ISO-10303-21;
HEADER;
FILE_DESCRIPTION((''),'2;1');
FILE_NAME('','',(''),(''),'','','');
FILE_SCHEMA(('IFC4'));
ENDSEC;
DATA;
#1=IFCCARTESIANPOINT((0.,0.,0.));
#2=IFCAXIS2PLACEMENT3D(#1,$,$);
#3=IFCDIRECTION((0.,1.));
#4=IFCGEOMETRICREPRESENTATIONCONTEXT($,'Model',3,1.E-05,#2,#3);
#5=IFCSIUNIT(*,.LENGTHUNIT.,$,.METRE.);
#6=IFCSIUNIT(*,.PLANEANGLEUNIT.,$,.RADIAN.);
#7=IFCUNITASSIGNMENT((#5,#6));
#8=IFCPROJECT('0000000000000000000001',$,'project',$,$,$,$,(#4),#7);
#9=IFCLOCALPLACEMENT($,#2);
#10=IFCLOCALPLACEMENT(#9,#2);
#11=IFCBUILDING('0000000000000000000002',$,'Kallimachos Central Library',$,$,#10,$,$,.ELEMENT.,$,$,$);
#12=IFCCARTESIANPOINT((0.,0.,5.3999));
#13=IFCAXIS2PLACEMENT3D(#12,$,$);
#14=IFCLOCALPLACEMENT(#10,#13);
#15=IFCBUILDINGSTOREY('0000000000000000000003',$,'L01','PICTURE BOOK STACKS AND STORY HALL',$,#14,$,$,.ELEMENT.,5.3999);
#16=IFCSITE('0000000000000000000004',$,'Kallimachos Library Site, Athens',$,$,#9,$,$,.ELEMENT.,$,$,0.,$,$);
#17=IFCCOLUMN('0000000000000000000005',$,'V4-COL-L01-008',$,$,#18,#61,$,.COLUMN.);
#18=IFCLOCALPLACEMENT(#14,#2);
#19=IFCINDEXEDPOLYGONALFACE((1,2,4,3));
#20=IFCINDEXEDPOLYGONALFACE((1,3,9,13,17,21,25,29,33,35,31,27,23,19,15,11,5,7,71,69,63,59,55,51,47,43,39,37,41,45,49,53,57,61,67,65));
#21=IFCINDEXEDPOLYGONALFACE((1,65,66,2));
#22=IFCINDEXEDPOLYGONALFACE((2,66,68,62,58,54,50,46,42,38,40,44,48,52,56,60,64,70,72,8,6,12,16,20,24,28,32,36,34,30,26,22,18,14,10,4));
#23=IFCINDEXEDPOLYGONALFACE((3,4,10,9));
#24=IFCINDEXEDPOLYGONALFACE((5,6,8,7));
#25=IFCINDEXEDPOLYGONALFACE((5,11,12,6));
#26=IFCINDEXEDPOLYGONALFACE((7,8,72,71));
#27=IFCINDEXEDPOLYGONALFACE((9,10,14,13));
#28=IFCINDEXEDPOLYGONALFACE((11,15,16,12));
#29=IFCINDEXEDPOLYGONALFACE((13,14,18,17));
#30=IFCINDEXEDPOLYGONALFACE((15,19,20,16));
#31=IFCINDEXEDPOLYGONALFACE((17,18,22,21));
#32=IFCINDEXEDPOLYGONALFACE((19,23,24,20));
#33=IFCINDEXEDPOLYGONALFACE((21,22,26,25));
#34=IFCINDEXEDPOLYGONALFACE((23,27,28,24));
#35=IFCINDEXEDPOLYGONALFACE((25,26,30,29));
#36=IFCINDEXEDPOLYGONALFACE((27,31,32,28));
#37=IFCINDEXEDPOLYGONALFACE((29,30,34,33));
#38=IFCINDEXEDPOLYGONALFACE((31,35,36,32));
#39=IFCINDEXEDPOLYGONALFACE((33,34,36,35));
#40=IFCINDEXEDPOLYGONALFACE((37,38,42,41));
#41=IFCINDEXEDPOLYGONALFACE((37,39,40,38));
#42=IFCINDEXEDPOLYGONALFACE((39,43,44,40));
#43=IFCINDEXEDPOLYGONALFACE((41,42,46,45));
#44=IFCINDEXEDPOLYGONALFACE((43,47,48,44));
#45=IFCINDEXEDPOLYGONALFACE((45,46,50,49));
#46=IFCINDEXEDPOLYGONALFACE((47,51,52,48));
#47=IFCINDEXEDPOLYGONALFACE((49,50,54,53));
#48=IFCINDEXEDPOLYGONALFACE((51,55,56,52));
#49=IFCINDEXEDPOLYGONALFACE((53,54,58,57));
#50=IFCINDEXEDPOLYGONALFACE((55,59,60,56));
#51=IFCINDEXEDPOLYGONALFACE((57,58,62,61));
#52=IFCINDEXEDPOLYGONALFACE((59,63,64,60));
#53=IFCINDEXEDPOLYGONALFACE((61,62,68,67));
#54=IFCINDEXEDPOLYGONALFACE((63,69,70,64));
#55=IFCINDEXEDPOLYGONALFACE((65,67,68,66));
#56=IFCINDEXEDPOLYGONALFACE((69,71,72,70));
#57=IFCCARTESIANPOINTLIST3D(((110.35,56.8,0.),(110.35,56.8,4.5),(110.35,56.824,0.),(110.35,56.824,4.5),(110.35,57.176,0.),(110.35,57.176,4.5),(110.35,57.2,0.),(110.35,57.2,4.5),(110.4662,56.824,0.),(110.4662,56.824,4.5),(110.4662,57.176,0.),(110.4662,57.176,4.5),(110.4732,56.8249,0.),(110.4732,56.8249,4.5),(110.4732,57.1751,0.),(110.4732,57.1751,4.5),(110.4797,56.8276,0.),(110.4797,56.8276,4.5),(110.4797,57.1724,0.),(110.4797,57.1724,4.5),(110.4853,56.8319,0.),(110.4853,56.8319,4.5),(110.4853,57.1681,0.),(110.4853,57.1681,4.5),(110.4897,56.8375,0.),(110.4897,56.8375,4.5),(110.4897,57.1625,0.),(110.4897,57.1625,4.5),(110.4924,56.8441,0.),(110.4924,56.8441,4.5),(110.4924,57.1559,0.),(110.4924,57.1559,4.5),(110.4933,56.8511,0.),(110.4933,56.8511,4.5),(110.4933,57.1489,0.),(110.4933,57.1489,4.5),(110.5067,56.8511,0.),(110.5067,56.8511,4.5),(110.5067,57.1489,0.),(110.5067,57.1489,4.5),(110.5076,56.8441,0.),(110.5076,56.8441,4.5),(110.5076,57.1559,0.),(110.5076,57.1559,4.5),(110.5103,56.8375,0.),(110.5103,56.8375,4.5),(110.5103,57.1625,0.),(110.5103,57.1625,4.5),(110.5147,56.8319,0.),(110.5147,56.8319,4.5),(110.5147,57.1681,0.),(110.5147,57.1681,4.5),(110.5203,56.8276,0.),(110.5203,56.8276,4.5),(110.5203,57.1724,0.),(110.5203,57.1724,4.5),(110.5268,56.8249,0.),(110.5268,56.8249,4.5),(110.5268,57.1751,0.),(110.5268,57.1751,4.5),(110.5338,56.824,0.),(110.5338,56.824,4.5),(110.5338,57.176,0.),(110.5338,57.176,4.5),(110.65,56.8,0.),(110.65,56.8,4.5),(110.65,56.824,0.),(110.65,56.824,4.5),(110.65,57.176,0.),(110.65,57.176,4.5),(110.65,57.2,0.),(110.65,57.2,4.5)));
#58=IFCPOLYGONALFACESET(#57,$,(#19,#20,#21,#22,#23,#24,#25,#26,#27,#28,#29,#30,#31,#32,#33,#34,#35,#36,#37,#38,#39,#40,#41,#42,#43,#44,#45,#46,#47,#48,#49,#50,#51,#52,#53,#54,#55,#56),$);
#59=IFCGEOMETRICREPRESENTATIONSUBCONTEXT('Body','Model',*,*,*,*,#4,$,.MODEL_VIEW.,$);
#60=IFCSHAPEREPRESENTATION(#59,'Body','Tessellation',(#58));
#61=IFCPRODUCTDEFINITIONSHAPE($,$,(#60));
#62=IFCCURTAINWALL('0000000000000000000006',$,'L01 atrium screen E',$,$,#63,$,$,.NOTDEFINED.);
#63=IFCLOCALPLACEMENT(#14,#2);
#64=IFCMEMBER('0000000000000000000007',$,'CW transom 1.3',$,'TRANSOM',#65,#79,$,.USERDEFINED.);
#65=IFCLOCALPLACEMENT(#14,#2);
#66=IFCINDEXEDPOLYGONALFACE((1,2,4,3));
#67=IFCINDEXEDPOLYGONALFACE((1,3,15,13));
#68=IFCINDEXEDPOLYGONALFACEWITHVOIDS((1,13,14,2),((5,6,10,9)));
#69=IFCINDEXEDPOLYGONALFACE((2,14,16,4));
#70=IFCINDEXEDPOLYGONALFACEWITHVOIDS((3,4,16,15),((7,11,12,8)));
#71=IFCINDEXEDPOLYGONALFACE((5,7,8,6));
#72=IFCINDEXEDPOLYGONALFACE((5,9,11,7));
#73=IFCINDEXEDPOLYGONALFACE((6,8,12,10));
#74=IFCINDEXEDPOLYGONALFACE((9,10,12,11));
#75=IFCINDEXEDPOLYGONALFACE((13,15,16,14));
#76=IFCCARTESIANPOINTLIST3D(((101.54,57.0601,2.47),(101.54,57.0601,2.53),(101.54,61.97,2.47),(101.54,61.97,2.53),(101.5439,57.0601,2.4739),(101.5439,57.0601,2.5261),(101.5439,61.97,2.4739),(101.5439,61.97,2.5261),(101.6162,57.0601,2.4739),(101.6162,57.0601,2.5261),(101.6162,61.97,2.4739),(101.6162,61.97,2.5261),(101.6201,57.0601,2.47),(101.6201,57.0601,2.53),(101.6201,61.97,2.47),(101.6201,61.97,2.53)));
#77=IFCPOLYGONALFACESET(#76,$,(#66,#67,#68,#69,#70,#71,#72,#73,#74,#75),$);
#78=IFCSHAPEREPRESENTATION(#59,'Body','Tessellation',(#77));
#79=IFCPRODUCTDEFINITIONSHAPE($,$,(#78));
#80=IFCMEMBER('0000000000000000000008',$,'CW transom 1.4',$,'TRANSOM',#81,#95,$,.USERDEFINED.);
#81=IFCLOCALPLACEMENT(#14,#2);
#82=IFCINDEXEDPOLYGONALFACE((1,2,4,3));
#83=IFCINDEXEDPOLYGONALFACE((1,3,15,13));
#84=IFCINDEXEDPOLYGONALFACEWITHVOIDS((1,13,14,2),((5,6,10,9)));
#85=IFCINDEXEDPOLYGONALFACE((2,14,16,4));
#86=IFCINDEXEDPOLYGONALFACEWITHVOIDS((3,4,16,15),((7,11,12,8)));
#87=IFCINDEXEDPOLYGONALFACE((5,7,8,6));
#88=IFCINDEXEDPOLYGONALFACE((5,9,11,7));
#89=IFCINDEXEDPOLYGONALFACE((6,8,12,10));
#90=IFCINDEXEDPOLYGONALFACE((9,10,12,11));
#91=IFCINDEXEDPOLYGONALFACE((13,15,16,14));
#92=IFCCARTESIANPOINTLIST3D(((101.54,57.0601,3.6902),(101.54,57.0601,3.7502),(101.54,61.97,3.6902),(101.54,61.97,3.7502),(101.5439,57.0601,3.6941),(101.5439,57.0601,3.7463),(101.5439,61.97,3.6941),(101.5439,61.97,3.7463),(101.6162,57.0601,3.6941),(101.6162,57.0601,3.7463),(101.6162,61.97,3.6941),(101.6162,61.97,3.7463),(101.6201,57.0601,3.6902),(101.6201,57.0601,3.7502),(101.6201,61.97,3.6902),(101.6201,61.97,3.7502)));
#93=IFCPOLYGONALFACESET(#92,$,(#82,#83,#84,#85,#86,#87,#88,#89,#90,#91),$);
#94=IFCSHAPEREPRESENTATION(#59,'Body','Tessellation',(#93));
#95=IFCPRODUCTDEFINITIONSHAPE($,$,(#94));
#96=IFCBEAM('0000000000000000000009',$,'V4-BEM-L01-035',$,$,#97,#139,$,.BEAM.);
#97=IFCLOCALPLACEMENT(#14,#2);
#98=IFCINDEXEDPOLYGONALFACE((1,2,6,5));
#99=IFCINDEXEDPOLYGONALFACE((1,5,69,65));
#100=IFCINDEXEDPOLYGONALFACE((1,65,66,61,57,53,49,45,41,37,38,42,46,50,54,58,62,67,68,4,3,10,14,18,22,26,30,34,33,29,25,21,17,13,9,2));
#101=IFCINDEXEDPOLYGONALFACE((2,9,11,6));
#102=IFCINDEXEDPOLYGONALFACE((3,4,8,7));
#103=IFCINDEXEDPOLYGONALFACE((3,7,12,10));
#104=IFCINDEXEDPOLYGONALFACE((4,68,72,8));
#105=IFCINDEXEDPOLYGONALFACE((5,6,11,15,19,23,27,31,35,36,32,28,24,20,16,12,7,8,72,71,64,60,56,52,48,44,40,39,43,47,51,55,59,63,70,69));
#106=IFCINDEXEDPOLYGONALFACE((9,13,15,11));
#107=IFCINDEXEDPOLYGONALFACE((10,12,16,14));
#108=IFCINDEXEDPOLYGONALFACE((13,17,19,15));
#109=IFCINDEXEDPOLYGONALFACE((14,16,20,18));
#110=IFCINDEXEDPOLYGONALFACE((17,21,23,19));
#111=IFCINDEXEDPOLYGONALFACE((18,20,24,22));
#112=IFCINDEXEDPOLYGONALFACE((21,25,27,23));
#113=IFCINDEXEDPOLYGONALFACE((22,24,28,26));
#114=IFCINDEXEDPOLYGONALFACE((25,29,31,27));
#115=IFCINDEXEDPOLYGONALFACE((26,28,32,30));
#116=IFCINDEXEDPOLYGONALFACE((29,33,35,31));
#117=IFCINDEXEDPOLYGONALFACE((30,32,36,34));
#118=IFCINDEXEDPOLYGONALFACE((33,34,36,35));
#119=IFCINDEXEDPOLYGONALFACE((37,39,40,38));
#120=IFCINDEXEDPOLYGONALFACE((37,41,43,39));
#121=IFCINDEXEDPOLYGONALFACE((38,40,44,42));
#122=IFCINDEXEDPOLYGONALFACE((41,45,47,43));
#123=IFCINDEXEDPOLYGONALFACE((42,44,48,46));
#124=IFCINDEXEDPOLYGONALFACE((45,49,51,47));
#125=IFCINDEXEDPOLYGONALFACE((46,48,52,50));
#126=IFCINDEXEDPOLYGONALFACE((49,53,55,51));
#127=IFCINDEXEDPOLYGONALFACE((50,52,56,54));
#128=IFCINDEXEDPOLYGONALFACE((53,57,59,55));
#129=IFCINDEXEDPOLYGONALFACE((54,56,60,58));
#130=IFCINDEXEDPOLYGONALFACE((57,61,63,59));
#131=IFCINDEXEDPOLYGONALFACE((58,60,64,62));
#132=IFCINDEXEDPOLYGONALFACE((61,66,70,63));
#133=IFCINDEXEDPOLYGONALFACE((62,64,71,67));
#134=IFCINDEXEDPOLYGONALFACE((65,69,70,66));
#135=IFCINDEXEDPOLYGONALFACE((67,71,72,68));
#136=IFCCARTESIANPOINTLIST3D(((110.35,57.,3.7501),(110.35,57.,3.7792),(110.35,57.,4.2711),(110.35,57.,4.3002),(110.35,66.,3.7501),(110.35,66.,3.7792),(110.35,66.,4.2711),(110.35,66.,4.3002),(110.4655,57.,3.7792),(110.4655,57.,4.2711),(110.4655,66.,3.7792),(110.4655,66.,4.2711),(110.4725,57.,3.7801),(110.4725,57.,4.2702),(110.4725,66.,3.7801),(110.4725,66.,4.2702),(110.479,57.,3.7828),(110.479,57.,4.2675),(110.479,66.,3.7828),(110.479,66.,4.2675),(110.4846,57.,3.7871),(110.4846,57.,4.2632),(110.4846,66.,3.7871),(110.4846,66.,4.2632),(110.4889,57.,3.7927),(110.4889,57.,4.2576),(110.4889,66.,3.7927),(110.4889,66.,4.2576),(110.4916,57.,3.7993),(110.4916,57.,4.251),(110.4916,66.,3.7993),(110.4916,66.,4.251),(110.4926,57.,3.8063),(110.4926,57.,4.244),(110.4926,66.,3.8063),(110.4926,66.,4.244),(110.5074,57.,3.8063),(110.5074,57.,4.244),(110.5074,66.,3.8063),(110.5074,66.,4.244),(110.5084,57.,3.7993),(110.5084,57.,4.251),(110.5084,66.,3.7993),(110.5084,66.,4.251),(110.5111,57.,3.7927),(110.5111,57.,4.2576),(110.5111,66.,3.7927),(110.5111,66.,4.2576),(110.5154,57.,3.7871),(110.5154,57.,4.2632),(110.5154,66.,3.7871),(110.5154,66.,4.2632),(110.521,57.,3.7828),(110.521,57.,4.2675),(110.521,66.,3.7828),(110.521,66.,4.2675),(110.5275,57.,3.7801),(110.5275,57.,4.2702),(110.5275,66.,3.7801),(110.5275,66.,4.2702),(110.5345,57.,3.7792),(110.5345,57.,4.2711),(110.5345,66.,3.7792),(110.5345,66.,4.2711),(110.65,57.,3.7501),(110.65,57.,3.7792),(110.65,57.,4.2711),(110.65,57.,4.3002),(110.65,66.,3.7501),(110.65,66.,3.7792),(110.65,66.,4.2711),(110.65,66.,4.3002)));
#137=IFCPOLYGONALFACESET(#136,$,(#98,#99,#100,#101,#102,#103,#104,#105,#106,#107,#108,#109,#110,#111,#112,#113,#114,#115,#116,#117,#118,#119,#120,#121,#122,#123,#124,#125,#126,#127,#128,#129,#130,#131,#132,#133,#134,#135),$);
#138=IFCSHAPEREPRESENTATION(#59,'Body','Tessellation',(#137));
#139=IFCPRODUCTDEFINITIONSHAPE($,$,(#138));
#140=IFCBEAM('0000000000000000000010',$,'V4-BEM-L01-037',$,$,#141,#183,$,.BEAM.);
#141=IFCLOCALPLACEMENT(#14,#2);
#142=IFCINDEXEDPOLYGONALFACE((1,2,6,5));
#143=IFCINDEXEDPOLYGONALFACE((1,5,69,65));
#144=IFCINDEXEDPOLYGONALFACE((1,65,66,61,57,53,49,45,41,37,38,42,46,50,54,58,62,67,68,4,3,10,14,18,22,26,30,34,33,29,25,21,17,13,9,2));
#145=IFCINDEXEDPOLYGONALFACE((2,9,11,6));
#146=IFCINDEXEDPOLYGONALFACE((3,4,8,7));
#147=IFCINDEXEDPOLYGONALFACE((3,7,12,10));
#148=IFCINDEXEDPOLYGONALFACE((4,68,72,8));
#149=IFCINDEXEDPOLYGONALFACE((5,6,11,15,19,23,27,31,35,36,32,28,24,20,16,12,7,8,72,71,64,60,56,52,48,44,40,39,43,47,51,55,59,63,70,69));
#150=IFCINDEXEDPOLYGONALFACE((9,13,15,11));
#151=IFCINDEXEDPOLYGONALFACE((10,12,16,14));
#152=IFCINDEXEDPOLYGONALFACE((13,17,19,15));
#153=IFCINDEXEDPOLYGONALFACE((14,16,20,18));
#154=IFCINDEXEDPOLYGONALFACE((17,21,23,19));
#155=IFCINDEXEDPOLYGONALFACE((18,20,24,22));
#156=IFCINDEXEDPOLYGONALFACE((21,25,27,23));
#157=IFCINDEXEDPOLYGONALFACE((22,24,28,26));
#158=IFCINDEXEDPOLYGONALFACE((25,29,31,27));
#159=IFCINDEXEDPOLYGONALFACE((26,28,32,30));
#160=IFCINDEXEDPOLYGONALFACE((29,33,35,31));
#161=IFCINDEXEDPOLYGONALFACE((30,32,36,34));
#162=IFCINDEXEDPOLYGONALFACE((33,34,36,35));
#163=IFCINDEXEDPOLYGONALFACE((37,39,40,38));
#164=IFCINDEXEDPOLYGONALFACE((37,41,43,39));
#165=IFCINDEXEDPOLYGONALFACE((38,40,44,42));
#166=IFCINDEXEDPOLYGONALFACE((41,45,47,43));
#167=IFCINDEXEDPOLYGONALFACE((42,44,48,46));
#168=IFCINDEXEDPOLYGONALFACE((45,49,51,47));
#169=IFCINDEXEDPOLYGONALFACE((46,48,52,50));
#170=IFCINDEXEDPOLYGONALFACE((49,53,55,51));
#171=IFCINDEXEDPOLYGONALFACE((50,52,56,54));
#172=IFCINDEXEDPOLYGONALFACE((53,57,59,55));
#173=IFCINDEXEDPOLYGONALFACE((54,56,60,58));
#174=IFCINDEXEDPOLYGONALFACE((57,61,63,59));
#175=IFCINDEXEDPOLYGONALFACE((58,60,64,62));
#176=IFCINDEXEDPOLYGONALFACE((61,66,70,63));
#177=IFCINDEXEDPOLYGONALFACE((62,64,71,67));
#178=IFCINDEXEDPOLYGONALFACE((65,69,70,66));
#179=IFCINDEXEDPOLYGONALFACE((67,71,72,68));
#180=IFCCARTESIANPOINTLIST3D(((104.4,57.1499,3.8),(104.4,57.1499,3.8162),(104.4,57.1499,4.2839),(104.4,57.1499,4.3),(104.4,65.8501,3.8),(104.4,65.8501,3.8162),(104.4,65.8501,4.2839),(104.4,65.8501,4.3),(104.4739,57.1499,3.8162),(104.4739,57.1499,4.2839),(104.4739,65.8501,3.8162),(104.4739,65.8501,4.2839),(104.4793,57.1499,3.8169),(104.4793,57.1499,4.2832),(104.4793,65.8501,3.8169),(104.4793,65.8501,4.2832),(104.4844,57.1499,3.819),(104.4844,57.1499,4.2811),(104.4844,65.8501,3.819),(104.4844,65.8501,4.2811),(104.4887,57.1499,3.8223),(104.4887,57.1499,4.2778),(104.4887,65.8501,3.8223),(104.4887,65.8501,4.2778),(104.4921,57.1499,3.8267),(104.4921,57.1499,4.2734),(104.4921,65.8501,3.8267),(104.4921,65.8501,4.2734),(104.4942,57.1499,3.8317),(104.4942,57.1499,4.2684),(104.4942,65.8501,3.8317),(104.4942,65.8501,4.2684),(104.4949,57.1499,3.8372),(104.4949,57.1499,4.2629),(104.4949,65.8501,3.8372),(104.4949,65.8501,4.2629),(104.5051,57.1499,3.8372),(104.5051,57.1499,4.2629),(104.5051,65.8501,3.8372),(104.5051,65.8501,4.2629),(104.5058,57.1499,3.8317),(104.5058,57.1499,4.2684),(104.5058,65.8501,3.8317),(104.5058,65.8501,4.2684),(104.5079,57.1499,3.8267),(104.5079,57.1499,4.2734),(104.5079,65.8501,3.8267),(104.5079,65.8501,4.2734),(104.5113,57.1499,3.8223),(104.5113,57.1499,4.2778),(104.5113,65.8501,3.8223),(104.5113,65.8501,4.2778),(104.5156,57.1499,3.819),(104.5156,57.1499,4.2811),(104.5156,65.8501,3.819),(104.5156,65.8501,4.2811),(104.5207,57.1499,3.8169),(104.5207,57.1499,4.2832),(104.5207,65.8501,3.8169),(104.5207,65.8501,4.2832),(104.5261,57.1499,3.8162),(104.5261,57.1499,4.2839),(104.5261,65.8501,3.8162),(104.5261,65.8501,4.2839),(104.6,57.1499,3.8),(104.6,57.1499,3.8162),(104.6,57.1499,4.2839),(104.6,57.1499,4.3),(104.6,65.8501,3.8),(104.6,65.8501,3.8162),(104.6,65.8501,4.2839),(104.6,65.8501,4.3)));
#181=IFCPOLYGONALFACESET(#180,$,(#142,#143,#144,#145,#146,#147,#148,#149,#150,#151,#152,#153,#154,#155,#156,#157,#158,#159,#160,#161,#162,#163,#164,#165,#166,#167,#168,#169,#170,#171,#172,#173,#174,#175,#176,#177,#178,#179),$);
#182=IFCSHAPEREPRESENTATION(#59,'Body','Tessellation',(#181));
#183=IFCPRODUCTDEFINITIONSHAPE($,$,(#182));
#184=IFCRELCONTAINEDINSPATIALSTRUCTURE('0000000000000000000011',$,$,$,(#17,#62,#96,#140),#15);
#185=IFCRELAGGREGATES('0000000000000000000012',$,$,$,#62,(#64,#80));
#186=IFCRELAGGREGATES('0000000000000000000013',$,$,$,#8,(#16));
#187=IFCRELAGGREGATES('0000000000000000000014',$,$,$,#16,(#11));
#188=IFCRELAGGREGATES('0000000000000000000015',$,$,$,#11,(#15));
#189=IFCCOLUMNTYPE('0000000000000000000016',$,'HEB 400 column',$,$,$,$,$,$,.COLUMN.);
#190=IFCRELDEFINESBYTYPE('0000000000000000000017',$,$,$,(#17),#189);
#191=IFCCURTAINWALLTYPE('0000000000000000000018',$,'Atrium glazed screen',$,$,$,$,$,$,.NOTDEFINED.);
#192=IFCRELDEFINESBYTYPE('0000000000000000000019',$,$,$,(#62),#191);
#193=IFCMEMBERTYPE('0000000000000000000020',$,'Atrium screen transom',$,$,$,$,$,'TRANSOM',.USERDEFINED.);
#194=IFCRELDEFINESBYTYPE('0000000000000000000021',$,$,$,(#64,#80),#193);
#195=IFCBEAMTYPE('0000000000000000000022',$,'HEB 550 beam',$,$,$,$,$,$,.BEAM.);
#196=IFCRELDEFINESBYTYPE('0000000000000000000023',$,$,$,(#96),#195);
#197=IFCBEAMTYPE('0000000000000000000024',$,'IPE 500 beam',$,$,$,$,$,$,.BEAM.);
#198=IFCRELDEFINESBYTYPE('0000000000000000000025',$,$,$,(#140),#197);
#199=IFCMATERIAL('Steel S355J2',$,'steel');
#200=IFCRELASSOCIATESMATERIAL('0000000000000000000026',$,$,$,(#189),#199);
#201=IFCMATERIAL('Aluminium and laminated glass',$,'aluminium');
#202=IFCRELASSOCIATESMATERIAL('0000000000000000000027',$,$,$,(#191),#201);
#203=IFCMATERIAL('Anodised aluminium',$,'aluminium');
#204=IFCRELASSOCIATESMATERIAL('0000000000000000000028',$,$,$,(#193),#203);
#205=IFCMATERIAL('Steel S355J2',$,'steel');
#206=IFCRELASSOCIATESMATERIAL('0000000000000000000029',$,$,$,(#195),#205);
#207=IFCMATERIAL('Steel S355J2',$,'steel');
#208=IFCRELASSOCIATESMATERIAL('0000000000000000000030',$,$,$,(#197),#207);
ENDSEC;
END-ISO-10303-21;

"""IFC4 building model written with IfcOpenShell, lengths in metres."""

from ifc_helpers import new_model, si_unit, direction, frame, origin, origin_2d, place, context, subcontext, project, spatial, hollow_rectangle, i_section, extrude, material, material_profile, profile_set, type_object, element, aggregate, save


model = new_model("IFC4")

# Units and contexts
model_context = context("Model", 3, precision=1e-05, world=origin(), true_north=direction((0.0, 1.0)))
body_context = subcontext(model_context, "Body", "Model", "MODEL_VIEW")
ifc_project = project(units=[si_unit("LENGTHUNIT", "METRE"), si_unit("PLANEANGLEUNIT", "RADIAN")], contexts=[model_context])

# Site, building, storey
site_placement = place(None, origin())
site = spatial("IfcSite", under=ifc_project, at=site_placement, Name="Kallimachos Library Site, Athens", CompositionType="ELEMENT", RefElevation=0.0)
building_placement = place(site_placement, origin())
building = spatial("IfcBuilding", under=site, at=building_placement, Name="Kallimachos Central Library", CompositionType="ELEMENT")
storey_placement = place(building_placement, frame((0.0, 0.0, 5.3999)))
storey = spatial("IfcBuildingStorey", under=building, at=storey_placement, Name="L01", Description="PICTURE BOOK STACKS AND STORY HALL", CompositionType="ELEMENT", Elevation=5.3999)

# Column
ifc_material_1 = material(Name="Steel S355J2", Category="steel")
ifc_material_profile_1 = material_profile(ifc_material_1, i_section(OverallWidth=0.3, OverallDepth=0.3999, WebThickness=0.0134, FlangeThickness=0.0239, FilletRadius=0.0271, at=origin_2d()), Name="HEB 400")
ifc_profile_set_1 = profile_set([ifc_material_profile_1], Name="Steel S355J2")
column_type = type_object("IfcColumnType", Name="HEB 400 column", PredefinedType="COLUMN", material=ifc_profile_set_1)
column_placement = place(storey_placement, frame((110.5, 57.0, 0.0), z_axis=(0.0, 0.0, 1.0), x_axis=(1.0, 0.0, 0.0)))
element("IfcColumn", 1, at=column_placement, inside=storey, type_object=column_type, Name="V4-COL-L01-008", PredefinedType="COLUMN", context=body_context, shape_type="SweptSolid", body=[
    extrude(i_section(OverallWidth=0.3, OverallDepth=0.3999, WebThickness=0.0134, FlangeThickness=0.0239, FilletRadius=0.0271, at=origin_2d()), origin(), (0.0, 0.0, 1.0), 4.5),
])

# Curtain wall, members
ifc_material_2 = material(Name="Aluminium and laminated glass", Category="aluminium")
curtain_wall_type = type_object("IfcCurtainWallType", Name="Atrium glazed screen", PredefinedType="NOTDEFINED", material=ifc_material_2)
curtain_wall_placement = place(storey_placement, origin())
curtain_wall = element("IfcCurtainWall", 2, at=curtain_wall_placement, inside=storey, type_object=curtain_wall_type, Name="L01 atrium screen E", PredefinedType="NOTDEFINED")
ifc_material_3 = material(Name="Anodised aluminium", Category="aluminium")
ifc_material_profile_2 = material_profile(ifc_material_3, hollow_rectangle(XDim=0.0601, YDim=0.0801, WallThickness=0.0039, at=origin_2d()), Name="ALU TRANSOM 60x80")
ifc_profile_set_2 = profile_set([ifc_material_profile_2], Name="Anodised aluminium")
member_type_1 = type_object("IfcMemberType", Name="Atrium screen transom", ElementType="TRANSOM", PredefinedType="USERDEFINED", material=ifc_profile_set_2)
member_1_placement = place(storey_placement, frame((101.5801, 57.0601, 2.5), z_axis=(0.0, 1.0, 0.0), x_axis=(0.0, 0.0, 1.0)))
member_1 = element("IfcMember", 3, at=member_1_placement, type_object=member_type_1, Name="CW transom 1.3", ObjectType="TRANSOM", PredefinedType="USERDEFINED", context=body_context, shape_type="SweptSolid", body=[
    extrude(hollow_rectangle(XDim=0.0601, YDim=0.0801, WallThickness=0.0039, at=origin_2d()), origin(), (0.0, 0.0, 1.0), 4.9099),
])
member_2_placement = place(storey_placement, frame((101.5801, 57.0601, 3.7202), z_axis=(0.0, 1.0, 0.0), x_axis=(0.0, 0.0, 1.0)))
member_2 = element("IfcMember", 4, at=member_2_placement, type_object=member_type_1, Name="CW transom 1.4", ObjectType="TRANSOM", PredefinedType="USERDEFINED", context=body_context, shape_type="SweptSolid", body=[
    extrude(hollow_rectangle(XDim=0.0601, YDim=0.0801, WallThickness=0.0039, at=origin_2d()), origin(), (0.0, 0.0, 1.0), 4.9099),
])

# Beams
ifc_material_4 = material(Name="Steel S355J2", Category="steel")
ifc_material_profile_3 = material_profile(ifc_material_4, i_section(OverallWidth=0.3, OverallDepth=0.55, WebThickness=0.0149, FlangeThickness=0.0291, FilletRadius=0.0271, at=origin_2d()), Name="HEB 550")
ifc_profile_set_3 = profile_set([ifc_material_profile_3], Name="Steel S355J2")
beam_type_1 = type_object("IfcBeamType", Name="HEB 550 beam", PredefinedType="BEAM", material=ifc_profile_set_3)
beam_placement = place(storey_placement, frame((110.5, 57.0, 4.0251), z_axis=(0.0, 1.0, 0.0), x_axis=(-1.0, 0.0, 0.0)))
element("IfcBeam", 5, at=beam_placement, inside=storey, type_object=beam_type_1, Name="V4-BEM-L01-035", PredefinedType="BEAM", context=body_context, shape_type="SweptSolid", body=[
    extrude(i_section(OverallWidth=0.3, OverallDepth=0.55, WebThickness=0.0149, FlangeThickness=0.0291, FilletRadius=0.0271, at=origin_2d()), origin(), (0.0, 0.0, 1.0), 9.0),
])
ifc_material_5 = material(Name="Steel S355J2", Category="steel")
ifc_material_profile_4 = material_profile(ifc_material_5, i_section(OverallWidth=0.2, OverallDepth=0.5, WebThickness=0.0103, FlangeThickness=0.0161, FilletRadius=0.021, at=origin_2d()), Name="IPE 500")
ifc_profile_set_4 = profile_set([ifc_material_profile_4], Name="Steel S355J2")
beam_type_2 = type_object("IfcBeamType", Name="IPE 500 beam", PredefinedType="BEAM", material=ifc_profile_set_4)
for number, where, z_axis, x_axis, name in (
    (6, (104.5, 57.1499, 4.05), (0.0, 1.0, 0.0), (-1.0, 0.0, 0.0), "V4-BEM-L01-037"),
):
    element("IfcBeam", number, at=place(storey_placement, frame(where, z_axis=z_axis, x_axis=x_axis)), inside=storey, type_object=beam_type_2, Name=name, PredefinedType="BEAM", context=body_context, shape_type="SweptSolid", body=[
        extrude(i_section(OverallWidth=0.2, OverallDepth=0.5, WebThickness=0.0103, FlangeThickness=0.0161, FilletRadius=0.021, at=origin_2d()), origin(), (0.0, 0.0, 1.0), 8.7002),
    ])

aggregate(curtain_wall, [member_1, member_2])

save(model, "model.ifc")
